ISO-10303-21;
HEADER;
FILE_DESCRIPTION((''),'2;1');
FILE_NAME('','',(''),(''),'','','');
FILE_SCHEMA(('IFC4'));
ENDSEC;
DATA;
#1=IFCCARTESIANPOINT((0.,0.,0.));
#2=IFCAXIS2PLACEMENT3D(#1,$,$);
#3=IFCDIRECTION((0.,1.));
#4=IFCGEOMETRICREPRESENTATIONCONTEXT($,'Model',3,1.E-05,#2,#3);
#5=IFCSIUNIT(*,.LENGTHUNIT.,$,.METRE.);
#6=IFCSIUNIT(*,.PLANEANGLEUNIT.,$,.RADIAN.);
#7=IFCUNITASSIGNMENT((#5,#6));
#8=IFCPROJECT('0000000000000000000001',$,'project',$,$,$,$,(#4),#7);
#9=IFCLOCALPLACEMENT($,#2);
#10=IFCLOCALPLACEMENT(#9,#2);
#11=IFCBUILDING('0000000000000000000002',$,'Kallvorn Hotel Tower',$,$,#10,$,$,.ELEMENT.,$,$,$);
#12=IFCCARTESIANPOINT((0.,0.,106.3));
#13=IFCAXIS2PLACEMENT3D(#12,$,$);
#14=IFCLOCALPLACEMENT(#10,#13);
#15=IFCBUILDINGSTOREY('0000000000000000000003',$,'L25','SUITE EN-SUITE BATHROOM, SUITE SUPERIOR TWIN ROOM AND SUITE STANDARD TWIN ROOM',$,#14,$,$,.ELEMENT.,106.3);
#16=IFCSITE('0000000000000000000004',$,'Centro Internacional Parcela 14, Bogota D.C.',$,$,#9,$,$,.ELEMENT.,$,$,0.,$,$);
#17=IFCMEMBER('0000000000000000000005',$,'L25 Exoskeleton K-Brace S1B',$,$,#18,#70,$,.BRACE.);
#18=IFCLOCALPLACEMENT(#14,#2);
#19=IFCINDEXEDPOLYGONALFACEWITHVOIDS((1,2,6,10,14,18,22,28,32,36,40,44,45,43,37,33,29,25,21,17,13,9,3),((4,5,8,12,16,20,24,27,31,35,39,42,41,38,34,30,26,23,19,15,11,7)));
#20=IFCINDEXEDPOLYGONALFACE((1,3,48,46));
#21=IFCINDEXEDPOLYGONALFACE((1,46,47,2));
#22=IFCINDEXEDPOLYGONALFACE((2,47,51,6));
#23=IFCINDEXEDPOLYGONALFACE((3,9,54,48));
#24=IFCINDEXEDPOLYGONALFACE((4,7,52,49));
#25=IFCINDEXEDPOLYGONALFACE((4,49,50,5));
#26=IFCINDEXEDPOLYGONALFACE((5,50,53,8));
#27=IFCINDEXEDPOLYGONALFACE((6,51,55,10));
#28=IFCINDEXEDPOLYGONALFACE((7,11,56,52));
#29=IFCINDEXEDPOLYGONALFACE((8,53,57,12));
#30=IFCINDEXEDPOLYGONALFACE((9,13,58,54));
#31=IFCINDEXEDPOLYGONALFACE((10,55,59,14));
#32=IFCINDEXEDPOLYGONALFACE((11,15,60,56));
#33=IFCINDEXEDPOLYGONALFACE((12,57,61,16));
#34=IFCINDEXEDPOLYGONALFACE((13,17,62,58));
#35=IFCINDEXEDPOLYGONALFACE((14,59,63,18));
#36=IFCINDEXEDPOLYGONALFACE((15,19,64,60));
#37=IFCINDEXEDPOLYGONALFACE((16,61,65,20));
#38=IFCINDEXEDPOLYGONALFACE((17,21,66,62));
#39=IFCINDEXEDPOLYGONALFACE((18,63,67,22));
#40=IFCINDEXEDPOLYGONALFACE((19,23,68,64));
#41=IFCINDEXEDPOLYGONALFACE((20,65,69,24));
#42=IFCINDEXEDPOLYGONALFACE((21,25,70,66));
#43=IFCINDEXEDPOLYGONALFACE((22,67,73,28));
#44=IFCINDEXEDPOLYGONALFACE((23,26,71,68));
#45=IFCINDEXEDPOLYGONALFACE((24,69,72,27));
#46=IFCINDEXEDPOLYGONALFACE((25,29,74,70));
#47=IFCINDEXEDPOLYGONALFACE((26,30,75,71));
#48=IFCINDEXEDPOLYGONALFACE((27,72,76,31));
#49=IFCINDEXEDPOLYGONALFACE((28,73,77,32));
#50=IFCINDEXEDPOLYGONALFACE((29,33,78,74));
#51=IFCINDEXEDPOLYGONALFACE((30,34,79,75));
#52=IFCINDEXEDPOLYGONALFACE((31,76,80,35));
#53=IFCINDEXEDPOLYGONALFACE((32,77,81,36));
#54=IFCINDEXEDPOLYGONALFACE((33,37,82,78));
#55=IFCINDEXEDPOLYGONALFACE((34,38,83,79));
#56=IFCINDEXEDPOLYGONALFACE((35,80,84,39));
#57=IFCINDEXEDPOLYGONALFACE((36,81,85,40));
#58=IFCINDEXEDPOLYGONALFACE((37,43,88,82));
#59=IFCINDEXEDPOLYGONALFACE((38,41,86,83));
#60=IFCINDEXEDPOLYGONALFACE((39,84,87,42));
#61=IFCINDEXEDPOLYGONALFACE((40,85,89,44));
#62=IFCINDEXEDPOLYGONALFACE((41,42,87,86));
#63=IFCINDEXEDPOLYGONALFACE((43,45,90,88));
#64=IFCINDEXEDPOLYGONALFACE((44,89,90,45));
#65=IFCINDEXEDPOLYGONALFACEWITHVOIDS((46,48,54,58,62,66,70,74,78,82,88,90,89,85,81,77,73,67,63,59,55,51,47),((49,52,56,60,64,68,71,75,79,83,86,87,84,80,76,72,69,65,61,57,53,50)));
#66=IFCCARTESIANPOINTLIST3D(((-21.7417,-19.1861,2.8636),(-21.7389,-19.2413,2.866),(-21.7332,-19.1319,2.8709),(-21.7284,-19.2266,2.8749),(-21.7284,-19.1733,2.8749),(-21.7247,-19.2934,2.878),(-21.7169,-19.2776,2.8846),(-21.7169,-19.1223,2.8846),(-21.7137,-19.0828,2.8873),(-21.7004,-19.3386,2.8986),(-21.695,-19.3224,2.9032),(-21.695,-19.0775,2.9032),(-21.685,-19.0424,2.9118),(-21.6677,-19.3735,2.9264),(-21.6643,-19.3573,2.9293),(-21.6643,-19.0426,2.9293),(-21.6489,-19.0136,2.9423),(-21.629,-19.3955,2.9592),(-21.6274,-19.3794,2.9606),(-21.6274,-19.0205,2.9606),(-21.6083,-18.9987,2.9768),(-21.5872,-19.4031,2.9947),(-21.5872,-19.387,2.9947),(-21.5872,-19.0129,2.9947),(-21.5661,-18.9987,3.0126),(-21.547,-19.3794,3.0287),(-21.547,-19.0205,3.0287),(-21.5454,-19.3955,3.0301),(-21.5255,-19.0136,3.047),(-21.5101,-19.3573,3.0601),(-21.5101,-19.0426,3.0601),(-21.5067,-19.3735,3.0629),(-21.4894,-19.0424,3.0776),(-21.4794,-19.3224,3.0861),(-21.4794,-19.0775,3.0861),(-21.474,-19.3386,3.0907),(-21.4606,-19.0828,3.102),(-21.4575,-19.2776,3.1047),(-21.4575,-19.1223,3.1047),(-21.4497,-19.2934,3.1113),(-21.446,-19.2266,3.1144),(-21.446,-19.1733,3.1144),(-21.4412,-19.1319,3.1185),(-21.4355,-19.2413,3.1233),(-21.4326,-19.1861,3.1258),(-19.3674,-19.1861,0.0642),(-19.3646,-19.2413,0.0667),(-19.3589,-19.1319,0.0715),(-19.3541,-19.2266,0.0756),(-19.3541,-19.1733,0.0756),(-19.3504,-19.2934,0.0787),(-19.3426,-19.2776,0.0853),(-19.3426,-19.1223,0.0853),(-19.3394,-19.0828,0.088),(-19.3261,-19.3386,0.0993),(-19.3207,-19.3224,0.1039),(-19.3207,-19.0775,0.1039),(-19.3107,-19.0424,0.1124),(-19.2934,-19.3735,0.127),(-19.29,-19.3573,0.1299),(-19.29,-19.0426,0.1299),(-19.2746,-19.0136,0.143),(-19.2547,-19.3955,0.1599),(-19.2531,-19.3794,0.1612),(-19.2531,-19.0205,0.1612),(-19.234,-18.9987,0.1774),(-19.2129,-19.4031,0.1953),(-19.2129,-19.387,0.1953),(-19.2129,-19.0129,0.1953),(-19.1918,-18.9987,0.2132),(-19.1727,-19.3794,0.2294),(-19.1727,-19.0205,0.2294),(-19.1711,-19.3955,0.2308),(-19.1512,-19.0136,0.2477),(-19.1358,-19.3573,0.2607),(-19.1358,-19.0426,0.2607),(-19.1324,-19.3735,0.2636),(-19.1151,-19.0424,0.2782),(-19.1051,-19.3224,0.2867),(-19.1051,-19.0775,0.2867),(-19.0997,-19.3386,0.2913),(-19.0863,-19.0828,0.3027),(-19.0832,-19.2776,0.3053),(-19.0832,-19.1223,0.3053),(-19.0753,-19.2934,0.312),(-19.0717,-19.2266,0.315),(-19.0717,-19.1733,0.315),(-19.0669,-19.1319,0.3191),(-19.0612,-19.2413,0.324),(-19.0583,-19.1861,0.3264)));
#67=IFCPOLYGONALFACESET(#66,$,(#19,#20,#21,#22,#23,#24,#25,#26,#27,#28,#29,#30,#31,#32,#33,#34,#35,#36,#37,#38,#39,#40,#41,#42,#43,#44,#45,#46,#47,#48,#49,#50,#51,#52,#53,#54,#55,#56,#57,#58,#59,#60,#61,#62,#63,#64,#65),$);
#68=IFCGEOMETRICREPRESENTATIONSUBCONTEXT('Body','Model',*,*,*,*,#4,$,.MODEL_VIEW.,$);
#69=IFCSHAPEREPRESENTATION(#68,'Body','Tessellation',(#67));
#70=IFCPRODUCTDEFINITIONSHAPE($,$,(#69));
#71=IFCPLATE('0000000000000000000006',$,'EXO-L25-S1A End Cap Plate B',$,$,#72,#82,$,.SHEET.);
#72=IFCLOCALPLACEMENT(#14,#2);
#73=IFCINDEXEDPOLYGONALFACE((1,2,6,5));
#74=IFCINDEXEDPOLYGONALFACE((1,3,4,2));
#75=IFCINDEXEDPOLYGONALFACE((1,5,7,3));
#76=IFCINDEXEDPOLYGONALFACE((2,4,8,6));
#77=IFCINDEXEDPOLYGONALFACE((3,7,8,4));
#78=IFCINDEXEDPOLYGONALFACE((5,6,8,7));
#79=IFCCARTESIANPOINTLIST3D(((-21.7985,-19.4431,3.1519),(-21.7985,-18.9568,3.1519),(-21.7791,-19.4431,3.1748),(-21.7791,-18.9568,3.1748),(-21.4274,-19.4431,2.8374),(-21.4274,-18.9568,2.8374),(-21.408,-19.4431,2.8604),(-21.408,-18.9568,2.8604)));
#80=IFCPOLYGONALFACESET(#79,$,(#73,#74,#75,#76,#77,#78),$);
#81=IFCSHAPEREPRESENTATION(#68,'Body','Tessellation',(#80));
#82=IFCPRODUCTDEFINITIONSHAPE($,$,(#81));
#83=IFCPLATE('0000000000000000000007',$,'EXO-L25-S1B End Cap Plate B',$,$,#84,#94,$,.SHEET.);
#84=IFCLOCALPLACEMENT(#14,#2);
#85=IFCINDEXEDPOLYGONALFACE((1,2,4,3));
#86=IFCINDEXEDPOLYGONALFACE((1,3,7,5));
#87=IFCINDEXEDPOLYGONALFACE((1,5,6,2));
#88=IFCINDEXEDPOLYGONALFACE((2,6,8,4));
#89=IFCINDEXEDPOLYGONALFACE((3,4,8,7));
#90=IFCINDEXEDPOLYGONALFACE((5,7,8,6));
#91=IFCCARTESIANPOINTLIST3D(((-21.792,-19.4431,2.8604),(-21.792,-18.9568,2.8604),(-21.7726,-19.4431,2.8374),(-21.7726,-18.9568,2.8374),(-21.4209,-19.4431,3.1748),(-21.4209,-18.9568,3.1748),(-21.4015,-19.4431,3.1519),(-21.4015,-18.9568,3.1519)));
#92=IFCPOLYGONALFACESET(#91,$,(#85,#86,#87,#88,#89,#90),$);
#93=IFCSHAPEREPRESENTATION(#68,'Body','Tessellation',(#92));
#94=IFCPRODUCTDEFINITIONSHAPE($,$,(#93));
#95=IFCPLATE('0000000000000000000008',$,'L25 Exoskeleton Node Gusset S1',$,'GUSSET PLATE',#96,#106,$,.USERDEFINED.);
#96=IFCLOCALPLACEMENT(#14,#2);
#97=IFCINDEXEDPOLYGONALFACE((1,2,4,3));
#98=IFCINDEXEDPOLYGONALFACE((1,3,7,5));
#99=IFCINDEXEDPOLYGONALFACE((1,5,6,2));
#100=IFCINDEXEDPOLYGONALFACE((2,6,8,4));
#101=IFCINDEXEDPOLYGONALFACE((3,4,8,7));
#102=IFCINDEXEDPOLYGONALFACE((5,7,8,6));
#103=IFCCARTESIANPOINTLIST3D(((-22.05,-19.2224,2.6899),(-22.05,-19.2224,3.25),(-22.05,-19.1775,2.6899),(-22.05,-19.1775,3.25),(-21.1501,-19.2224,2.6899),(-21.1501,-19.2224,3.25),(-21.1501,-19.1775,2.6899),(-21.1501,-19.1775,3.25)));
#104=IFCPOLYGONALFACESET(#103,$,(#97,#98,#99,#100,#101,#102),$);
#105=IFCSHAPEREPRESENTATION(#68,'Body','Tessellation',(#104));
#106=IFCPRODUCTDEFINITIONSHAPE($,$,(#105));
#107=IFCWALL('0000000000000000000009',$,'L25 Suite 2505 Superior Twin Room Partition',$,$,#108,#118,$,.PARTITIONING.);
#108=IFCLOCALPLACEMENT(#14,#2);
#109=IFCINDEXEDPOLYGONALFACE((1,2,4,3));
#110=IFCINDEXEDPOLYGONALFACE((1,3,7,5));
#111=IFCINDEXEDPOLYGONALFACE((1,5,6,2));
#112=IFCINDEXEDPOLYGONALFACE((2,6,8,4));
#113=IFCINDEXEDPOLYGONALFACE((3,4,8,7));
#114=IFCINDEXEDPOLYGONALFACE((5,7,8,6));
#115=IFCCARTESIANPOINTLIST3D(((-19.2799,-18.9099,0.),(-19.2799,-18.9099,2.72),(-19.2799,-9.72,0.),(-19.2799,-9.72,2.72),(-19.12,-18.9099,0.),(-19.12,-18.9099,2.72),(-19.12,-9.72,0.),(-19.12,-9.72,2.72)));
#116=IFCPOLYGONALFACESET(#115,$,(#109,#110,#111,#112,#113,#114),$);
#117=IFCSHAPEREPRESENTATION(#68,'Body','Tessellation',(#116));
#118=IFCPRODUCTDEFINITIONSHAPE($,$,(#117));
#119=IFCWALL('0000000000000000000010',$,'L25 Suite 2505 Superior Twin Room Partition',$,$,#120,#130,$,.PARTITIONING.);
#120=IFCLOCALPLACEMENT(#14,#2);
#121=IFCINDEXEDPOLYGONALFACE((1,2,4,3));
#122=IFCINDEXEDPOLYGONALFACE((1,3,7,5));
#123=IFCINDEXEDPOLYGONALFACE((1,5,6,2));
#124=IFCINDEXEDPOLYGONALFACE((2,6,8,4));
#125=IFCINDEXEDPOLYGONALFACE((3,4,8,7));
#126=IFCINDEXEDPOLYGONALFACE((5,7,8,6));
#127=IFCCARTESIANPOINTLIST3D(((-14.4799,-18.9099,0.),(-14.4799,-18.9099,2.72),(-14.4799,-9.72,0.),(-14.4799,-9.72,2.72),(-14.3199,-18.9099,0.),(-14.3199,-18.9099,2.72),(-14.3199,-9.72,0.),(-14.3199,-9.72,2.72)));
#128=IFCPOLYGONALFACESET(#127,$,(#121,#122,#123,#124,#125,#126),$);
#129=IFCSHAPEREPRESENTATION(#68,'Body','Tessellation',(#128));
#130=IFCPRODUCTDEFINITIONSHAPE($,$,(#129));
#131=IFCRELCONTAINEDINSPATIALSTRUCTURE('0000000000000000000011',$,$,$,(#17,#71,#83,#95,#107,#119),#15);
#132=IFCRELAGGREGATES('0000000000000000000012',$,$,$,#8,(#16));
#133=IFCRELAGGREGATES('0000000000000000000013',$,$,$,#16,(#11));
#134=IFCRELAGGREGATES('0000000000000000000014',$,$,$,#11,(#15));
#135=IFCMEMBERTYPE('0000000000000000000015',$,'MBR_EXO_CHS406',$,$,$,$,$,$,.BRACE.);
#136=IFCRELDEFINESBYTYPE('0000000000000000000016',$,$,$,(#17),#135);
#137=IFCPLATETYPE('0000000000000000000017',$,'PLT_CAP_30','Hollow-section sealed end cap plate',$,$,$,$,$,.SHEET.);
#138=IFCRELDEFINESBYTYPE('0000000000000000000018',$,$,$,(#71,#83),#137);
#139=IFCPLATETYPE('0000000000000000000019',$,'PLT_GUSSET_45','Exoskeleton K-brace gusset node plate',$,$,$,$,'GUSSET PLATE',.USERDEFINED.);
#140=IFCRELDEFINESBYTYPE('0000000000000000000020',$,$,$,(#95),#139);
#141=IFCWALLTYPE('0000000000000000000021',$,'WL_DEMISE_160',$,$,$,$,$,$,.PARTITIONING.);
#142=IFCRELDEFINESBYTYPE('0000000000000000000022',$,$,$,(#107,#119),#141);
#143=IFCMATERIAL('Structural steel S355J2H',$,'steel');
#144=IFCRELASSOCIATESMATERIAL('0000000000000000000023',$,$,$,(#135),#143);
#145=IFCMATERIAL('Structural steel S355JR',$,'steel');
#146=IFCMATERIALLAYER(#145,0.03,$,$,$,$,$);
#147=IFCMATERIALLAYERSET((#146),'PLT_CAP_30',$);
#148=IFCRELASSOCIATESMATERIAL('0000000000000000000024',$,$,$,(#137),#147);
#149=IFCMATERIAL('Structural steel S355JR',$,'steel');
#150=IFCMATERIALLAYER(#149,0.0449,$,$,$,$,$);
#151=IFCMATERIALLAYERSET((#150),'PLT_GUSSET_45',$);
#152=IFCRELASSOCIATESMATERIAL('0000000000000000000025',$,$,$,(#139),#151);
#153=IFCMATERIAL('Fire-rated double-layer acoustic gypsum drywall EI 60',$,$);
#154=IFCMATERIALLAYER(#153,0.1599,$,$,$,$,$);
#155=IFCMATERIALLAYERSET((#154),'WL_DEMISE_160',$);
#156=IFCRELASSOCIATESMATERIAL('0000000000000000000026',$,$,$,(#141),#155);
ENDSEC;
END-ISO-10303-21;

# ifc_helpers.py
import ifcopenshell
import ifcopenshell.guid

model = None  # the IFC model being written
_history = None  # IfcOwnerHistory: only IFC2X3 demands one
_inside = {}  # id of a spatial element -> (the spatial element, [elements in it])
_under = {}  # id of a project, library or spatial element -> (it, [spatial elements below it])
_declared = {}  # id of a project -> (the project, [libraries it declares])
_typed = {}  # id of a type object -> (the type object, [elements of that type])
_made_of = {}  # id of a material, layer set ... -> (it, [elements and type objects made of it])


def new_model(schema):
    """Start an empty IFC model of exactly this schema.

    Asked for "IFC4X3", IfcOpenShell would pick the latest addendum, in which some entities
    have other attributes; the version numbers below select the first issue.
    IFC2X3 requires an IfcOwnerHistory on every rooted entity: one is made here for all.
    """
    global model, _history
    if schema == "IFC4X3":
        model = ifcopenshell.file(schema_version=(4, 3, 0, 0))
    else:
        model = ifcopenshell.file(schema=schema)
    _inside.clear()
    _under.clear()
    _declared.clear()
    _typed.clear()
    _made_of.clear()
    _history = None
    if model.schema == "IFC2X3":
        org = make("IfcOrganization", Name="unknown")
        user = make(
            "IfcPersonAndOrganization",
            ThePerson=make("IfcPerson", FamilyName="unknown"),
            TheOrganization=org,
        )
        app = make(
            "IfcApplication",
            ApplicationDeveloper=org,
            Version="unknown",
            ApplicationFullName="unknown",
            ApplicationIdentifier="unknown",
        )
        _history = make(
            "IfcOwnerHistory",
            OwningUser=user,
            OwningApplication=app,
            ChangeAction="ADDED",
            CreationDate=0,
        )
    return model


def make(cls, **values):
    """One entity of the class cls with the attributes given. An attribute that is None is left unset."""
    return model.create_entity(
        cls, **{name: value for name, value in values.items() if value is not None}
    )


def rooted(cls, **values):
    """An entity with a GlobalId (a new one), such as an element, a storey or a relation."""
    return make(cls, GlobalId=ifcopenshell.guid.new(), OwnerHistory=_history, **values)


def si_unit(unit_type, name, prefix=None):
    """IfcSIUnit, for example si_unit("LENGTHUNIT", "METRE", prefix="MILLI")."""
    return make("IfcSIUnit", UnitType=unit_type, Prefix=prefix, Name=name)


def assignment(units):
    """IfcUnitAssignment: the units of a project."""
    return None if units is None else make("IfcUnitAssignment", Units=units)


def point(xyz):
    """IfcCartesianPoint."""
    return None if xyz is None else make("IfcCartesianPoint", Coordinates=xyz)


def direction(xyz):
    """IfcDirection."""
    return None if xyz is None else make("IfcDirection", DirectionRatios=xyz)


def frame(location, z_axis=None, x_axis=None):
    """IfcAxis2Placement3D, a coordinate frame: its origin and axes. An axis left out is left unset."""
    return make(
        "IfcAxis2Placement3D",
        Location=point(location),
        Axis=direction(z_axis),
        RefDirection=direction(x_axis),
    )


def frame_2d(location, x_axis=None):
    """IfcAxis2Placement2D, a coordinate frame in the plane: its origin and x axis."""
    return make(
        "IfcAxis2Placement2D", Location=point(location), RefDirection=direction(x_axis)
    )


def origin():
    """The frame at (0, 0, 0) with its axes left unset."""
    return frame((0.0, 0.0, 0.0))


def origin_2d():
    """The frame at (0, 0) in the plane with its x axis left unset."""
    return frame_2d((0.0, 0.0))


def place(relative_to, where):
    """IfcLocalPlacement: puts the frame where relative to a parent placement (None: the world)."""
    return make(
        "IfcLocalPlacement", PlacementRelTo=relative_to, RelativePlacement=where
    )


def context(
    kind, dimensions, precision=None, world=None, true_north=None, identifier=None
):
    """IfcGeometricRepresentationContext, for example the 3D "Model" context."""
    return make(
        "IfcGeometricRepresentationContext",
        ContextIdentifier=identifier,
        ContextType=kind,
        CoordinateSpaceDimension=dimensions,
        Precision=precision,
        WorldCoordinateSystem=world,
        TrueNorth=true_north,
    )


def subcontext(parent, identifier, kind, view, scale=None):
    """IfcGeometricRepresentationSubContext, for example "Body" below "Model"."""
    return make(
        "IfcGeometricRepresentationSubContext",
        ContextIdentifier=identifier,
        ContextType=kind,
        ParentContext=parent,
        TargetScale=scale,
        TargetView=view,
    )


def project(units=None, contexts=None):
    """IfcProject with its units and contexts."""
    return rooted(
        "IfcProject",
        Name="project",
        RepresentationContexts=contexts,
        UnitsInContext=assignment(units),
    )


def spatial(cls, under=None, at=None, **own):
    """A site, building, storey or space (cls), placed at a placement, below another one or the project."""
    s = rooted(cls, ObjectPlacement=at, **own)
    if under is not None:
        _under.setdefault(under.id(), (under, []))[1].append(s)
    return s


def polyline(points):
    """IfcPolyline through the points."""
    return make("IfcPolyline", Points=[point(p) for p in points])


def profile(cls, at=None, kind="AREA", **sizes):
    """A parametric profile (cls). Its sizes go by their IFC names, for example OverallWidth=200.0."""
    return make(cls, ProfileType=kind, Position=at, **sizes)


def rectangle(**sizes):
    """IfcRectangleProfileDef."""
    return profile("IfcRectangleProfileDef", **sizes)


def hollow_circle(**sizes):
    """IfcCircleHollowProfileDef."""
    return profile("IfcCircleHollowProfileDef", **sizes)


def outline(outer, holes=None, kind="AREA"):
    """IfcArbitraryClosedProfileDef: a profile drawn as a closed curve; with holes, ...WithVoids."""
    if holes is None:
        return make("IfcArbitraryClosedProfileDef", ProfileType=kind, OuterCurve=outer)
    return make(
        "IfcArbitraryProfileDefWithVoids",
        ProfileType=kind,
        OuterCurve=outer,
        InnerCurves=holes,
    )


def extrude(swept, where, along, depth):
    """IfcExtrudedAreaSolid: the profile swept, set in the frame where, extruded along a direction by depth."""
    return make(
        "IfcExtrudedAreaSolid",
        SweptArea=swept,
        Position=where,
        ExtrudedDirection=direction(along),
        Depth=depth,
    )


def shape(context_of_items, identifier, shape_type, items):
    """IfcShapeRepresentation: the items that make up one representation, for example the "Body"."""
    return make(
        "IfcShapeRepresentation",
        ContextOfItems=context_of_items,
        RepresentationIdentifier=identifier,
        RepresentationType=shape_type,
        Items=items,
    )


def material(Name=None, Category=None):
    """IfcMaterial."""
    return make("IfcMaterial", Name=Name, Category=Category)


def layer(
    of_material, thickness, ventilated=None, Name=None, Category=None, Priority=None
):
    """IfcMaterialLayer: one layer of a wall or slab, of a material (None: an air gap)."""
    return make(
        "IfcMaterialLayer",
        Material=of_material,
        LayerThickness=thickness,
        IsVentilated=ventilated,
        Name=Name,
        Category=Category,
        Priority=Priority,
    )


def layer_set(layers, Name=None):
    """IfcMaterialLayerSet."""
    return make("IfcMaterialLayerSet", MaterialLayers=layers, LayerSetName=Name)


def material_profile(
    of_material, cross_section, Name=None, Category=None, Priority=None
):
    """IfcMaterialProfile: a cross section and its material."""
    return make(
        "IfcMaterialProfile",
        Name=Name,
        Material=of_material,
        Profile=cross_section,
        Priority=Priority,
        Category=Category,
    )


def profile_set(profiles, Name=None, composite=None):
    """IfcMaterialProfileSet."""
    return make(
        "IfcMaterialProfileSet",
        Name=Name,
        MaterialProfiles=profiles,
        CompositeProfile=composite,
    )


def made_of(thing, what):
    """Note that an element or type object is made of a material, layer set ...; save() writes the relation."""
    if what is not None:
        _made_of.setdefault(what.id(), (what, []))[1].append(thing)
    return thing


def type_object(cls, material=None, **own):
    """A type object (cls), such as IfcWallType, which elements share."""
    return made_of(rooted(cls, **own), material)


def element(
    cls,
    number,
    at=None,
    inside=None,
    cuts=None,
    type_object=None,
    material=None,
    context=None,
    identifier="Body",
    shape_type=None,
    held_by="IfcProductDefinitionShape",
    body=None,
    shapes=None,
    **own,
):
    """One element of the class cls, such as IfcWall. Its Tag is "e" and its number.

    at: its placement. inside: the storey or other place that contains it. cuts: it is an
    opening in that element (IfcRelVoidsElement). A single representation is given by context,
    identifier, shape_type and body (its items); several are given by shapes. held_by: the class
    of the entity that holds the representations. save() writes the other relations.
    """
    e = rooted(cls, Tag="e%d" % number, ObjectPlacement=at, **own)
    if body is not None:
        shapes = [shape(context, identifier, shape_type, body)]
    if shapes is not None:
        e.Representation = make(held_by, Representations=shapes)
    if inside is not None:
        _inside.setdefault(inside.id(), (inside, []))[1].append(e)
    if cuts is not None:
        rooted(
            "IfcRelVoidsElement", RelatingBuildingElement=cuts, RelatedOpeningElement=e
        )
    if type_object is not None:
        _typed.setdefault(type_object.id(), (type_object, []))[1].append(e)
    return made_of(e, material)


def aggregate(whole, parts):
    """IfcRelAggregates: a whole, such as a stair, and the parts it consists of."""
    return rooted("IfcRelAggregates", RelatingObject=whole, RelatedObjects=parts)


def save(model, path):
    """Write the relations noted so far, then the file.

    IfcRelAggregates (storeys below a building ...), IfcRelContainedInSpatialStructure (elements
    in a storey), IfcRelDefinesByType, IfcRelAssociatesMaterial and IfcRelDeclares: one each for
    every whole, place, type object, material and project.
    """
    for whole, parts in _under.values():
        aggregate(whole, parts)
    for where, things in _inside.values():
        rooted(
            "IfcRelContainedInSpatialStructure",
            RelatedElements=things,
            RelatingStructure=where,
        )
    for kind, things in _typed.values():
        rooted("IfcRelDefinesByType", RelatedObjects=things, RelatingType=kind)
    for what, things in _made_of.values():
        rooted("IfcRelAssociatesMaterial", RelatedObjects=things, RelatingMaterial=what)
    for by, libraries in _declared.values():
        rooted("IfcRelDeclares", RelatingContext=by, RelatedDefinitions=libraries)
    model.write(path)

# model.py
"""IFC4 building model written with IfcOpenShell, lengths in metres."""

from ifc_helpers import new_model, si_unit, direction, frame, frame_2d, origin, origin_2d, place, context, subcontext, project, spatial, polyline, rectangle, hollow_circle, outline, extrude, material, layer, layer_set, material_profile, profile_set, type_object, element, save


model = new_model("IFC4")

# Units and contexts
model_context = context("Model", 3, precision=1e-05, world=origin(), true_north=direction((0.0, 1.0)))
body_context = subcontext(model_context, "Body", "Model", "MODEL_VIEW")
ifc_project = project(units=[si_unit("LENGTHUNIT", "METRE"), si_unit("PLANEANGLEUNIT", "RADIAN")], contexts=[model_context])

# Site, building, storey
site_placement = place(None, origin())
site = spatial("IfcSite", under=ifc_project, at=site_placement, Name="Centro Internacional Parcela 14, Bogota D.C.", CompositionType="ELEMENT", RefElevation=0.0)
building_placement = place(site_placement, origin())
building = spatial("IfcBuilding", under=site, at=building_placement, Name="Kallvorn Hotel Tower", CompositionType="ELEMENT")
storey_placement = place(building_placement, frame((0.0, 0.0, 106.3)))
storey = spatial("IfcBuildingStorey", under=building, at=storey_placement, Name="L25", Description="SUITE EN-SUITE BATHROOM, SUITE SUPERIOR TWIN ROOM AND SUITE STANDARD TWIN ROOM", CompositionType="ELEMENT", Elevation=106.3)

# Member
ifc_material_1 = material(Name="Structural steel S355J2H", Category="steel")
ifc_material_profile_1 = material_profile(ifc_material_1, hollow_circle(Radius=0.2031, WallThickness=0.0161, at=origin_2d()), Name="CHS 406.4x16")
ifc_profile_set_1 = profile_set([ifc_material_profile_1], Name="Structural steel S355J2H")
member_type = type_object("IfcMemberType", Name="MBR_EXO_CHS406", PredefinedType="BRACE", material=ifc_profile_set_1)
member_placement = place(storey_placement, frame((-19.2129, -19.2, 0.1953), z_axis=(-0.646833, 0.0, 0.762631), x_axis=(0.0, -1.0, 0.0)))
element("IfcMember", 1, at=member_placement, inside=storey, type_object=member_type, Name="L25 Exoskeleton K-Brace S1B", PredefinedType="BRACE", context=body_context, shape_type="SweptSolid", body=[
    extrude(hollow_circle(Radius=0.2031, WallThickness=0.0161, at=origin_2d()), origin(), (0.0, 0.0, 1.0), 3.6707),
])

# Plates
ifc_material_2 = material(Name="Structural steel S355JR", Category="steel")
ifc_layer_1 = layer(ifc_material_2, 0.03)
ifc_layer_set_1 = layer_set([ifc_layer_1], Name="PLT_CAP_30")
plate_type_1 = type_object("IfcPlateType", Name="PLT_CAP_30", Description="Hollow-section sealed end cap plate", PredefinedType="SHEET", material=ifc_layer_set_1)
for number, where, z_axis, x_axis, name in (
    (2, (-21.408, -19.4431, 2.8604), (0.646482, 0.0, 0.762929), (0.0, 1.0, 0.0), "EXO-L25-S1A End Cap Plate B"),
    (3, (-21.792, -18.9568, 2.8604), (-0.646482, 0.0, 0.762929), (0.0, -1.0, 0.0), "EXO-L25-S1B End Cap Plate B"),
):
    element("IfcPlate", number, at=place(storey_placement, frame(where, z_axis=z_axis, x_axis=x_axis)), inside=storey, type_object=plate_type_1, Name=name, PredefinedType="SHEET", context=body_context, shape_type="SweptSolid", body=[
        extrude(outline(polyline([(0.0, 0.0), (0.4863, 0.0), (0.4863, 0.4864), (0.0, 0.4864), (0.0, 0.0)])), origin(), (0.0, 0.0, -1.0), 0.03),
    ])
ifc_material_3 = material(Name="Structural steel S355JR", Category="steel")
ifc_layer_2 = layer(ifc_material_3, 0.0449)
ifc_layer_set_2 = layer_set([ifc_layer_2], Name="PLT_GUSSET_45")
plate_type_2 = type_object("IfcPlateType", Name="PLT_GUSSET_45", Description="Exoskeleton K-brace gusset node plate", ElementType="GUSSET PLATE", PredefinedType="USERDEFINED", material=ifc_layer_set_2)
plate_placement = place(storey_placement, frame((-21.6001, -19.2, 2.6899), z_axis=(0.0, 0.0, 1.0), x_axis=(1.0, 0.0, 0.0)))
element("IfcPlate", 4, at=plate_placement, inside=storey, type_object=plate_type_2, Name="L25 Exoskeleton Node Gusset S1", ObjectType="GUSSET PLATE", PredefinedType="USERDEFINED", context=body_context, shape_type="SweptSolid", body=[
    extrude(rectangle(XDim=0.8999, YDim=0.0449, at=origin_2d()), origin(), (0.0, 0.0, 1.0), 0.5601),
])

# Walls
ifc_material_4 = material(Name="Fire-rated double-layer acoustic gypsum drywall EI 60")
ifc_layer_3 = layer(ifc_material_4, 0.1599)
ifc_layer_set_3 = layer_set([ifc_layer_3], Name="WL_DEMISE_160")
wall_type = type_object("IfcWallType", Name="WL_DEMISE_160", PredefinedType="PARTITIONING", material=ifc_layer_set_3)
for number, where, z_axis, x_axis, name in (
    (5, (-19.2, -18.9099, 0.0), (0.0, 0.0, 1.0), (0.0, 1.0, 0.0), "L25 Suite 2505 Superior Twin Room Partition"),
    (6, (-14.3999, -18.9099, 0.0), (0.0, 0.0, 1.0), (0.0, 1.0, 0.0), "L25 Suite 2505 Superior Twin Room Partition"),
):
    element("IfcWall", number, at=place(storey_placement, frame(where, z_axis=z_axis, x_axis=x_axis)), inside=storey, type_object=wall_type, Name=name, PredefinedType="PARTITIONING", context=body_context, shape_type="SweptSolid", body=[
        extrude(rectangle(XDim=9.1899, YDim=0.1599, at=frame_2d((4.595, 0.0))), origin(), (0.0, 0.0, 1.0), 2.72),
    ])

save(model, "model.ifc")
